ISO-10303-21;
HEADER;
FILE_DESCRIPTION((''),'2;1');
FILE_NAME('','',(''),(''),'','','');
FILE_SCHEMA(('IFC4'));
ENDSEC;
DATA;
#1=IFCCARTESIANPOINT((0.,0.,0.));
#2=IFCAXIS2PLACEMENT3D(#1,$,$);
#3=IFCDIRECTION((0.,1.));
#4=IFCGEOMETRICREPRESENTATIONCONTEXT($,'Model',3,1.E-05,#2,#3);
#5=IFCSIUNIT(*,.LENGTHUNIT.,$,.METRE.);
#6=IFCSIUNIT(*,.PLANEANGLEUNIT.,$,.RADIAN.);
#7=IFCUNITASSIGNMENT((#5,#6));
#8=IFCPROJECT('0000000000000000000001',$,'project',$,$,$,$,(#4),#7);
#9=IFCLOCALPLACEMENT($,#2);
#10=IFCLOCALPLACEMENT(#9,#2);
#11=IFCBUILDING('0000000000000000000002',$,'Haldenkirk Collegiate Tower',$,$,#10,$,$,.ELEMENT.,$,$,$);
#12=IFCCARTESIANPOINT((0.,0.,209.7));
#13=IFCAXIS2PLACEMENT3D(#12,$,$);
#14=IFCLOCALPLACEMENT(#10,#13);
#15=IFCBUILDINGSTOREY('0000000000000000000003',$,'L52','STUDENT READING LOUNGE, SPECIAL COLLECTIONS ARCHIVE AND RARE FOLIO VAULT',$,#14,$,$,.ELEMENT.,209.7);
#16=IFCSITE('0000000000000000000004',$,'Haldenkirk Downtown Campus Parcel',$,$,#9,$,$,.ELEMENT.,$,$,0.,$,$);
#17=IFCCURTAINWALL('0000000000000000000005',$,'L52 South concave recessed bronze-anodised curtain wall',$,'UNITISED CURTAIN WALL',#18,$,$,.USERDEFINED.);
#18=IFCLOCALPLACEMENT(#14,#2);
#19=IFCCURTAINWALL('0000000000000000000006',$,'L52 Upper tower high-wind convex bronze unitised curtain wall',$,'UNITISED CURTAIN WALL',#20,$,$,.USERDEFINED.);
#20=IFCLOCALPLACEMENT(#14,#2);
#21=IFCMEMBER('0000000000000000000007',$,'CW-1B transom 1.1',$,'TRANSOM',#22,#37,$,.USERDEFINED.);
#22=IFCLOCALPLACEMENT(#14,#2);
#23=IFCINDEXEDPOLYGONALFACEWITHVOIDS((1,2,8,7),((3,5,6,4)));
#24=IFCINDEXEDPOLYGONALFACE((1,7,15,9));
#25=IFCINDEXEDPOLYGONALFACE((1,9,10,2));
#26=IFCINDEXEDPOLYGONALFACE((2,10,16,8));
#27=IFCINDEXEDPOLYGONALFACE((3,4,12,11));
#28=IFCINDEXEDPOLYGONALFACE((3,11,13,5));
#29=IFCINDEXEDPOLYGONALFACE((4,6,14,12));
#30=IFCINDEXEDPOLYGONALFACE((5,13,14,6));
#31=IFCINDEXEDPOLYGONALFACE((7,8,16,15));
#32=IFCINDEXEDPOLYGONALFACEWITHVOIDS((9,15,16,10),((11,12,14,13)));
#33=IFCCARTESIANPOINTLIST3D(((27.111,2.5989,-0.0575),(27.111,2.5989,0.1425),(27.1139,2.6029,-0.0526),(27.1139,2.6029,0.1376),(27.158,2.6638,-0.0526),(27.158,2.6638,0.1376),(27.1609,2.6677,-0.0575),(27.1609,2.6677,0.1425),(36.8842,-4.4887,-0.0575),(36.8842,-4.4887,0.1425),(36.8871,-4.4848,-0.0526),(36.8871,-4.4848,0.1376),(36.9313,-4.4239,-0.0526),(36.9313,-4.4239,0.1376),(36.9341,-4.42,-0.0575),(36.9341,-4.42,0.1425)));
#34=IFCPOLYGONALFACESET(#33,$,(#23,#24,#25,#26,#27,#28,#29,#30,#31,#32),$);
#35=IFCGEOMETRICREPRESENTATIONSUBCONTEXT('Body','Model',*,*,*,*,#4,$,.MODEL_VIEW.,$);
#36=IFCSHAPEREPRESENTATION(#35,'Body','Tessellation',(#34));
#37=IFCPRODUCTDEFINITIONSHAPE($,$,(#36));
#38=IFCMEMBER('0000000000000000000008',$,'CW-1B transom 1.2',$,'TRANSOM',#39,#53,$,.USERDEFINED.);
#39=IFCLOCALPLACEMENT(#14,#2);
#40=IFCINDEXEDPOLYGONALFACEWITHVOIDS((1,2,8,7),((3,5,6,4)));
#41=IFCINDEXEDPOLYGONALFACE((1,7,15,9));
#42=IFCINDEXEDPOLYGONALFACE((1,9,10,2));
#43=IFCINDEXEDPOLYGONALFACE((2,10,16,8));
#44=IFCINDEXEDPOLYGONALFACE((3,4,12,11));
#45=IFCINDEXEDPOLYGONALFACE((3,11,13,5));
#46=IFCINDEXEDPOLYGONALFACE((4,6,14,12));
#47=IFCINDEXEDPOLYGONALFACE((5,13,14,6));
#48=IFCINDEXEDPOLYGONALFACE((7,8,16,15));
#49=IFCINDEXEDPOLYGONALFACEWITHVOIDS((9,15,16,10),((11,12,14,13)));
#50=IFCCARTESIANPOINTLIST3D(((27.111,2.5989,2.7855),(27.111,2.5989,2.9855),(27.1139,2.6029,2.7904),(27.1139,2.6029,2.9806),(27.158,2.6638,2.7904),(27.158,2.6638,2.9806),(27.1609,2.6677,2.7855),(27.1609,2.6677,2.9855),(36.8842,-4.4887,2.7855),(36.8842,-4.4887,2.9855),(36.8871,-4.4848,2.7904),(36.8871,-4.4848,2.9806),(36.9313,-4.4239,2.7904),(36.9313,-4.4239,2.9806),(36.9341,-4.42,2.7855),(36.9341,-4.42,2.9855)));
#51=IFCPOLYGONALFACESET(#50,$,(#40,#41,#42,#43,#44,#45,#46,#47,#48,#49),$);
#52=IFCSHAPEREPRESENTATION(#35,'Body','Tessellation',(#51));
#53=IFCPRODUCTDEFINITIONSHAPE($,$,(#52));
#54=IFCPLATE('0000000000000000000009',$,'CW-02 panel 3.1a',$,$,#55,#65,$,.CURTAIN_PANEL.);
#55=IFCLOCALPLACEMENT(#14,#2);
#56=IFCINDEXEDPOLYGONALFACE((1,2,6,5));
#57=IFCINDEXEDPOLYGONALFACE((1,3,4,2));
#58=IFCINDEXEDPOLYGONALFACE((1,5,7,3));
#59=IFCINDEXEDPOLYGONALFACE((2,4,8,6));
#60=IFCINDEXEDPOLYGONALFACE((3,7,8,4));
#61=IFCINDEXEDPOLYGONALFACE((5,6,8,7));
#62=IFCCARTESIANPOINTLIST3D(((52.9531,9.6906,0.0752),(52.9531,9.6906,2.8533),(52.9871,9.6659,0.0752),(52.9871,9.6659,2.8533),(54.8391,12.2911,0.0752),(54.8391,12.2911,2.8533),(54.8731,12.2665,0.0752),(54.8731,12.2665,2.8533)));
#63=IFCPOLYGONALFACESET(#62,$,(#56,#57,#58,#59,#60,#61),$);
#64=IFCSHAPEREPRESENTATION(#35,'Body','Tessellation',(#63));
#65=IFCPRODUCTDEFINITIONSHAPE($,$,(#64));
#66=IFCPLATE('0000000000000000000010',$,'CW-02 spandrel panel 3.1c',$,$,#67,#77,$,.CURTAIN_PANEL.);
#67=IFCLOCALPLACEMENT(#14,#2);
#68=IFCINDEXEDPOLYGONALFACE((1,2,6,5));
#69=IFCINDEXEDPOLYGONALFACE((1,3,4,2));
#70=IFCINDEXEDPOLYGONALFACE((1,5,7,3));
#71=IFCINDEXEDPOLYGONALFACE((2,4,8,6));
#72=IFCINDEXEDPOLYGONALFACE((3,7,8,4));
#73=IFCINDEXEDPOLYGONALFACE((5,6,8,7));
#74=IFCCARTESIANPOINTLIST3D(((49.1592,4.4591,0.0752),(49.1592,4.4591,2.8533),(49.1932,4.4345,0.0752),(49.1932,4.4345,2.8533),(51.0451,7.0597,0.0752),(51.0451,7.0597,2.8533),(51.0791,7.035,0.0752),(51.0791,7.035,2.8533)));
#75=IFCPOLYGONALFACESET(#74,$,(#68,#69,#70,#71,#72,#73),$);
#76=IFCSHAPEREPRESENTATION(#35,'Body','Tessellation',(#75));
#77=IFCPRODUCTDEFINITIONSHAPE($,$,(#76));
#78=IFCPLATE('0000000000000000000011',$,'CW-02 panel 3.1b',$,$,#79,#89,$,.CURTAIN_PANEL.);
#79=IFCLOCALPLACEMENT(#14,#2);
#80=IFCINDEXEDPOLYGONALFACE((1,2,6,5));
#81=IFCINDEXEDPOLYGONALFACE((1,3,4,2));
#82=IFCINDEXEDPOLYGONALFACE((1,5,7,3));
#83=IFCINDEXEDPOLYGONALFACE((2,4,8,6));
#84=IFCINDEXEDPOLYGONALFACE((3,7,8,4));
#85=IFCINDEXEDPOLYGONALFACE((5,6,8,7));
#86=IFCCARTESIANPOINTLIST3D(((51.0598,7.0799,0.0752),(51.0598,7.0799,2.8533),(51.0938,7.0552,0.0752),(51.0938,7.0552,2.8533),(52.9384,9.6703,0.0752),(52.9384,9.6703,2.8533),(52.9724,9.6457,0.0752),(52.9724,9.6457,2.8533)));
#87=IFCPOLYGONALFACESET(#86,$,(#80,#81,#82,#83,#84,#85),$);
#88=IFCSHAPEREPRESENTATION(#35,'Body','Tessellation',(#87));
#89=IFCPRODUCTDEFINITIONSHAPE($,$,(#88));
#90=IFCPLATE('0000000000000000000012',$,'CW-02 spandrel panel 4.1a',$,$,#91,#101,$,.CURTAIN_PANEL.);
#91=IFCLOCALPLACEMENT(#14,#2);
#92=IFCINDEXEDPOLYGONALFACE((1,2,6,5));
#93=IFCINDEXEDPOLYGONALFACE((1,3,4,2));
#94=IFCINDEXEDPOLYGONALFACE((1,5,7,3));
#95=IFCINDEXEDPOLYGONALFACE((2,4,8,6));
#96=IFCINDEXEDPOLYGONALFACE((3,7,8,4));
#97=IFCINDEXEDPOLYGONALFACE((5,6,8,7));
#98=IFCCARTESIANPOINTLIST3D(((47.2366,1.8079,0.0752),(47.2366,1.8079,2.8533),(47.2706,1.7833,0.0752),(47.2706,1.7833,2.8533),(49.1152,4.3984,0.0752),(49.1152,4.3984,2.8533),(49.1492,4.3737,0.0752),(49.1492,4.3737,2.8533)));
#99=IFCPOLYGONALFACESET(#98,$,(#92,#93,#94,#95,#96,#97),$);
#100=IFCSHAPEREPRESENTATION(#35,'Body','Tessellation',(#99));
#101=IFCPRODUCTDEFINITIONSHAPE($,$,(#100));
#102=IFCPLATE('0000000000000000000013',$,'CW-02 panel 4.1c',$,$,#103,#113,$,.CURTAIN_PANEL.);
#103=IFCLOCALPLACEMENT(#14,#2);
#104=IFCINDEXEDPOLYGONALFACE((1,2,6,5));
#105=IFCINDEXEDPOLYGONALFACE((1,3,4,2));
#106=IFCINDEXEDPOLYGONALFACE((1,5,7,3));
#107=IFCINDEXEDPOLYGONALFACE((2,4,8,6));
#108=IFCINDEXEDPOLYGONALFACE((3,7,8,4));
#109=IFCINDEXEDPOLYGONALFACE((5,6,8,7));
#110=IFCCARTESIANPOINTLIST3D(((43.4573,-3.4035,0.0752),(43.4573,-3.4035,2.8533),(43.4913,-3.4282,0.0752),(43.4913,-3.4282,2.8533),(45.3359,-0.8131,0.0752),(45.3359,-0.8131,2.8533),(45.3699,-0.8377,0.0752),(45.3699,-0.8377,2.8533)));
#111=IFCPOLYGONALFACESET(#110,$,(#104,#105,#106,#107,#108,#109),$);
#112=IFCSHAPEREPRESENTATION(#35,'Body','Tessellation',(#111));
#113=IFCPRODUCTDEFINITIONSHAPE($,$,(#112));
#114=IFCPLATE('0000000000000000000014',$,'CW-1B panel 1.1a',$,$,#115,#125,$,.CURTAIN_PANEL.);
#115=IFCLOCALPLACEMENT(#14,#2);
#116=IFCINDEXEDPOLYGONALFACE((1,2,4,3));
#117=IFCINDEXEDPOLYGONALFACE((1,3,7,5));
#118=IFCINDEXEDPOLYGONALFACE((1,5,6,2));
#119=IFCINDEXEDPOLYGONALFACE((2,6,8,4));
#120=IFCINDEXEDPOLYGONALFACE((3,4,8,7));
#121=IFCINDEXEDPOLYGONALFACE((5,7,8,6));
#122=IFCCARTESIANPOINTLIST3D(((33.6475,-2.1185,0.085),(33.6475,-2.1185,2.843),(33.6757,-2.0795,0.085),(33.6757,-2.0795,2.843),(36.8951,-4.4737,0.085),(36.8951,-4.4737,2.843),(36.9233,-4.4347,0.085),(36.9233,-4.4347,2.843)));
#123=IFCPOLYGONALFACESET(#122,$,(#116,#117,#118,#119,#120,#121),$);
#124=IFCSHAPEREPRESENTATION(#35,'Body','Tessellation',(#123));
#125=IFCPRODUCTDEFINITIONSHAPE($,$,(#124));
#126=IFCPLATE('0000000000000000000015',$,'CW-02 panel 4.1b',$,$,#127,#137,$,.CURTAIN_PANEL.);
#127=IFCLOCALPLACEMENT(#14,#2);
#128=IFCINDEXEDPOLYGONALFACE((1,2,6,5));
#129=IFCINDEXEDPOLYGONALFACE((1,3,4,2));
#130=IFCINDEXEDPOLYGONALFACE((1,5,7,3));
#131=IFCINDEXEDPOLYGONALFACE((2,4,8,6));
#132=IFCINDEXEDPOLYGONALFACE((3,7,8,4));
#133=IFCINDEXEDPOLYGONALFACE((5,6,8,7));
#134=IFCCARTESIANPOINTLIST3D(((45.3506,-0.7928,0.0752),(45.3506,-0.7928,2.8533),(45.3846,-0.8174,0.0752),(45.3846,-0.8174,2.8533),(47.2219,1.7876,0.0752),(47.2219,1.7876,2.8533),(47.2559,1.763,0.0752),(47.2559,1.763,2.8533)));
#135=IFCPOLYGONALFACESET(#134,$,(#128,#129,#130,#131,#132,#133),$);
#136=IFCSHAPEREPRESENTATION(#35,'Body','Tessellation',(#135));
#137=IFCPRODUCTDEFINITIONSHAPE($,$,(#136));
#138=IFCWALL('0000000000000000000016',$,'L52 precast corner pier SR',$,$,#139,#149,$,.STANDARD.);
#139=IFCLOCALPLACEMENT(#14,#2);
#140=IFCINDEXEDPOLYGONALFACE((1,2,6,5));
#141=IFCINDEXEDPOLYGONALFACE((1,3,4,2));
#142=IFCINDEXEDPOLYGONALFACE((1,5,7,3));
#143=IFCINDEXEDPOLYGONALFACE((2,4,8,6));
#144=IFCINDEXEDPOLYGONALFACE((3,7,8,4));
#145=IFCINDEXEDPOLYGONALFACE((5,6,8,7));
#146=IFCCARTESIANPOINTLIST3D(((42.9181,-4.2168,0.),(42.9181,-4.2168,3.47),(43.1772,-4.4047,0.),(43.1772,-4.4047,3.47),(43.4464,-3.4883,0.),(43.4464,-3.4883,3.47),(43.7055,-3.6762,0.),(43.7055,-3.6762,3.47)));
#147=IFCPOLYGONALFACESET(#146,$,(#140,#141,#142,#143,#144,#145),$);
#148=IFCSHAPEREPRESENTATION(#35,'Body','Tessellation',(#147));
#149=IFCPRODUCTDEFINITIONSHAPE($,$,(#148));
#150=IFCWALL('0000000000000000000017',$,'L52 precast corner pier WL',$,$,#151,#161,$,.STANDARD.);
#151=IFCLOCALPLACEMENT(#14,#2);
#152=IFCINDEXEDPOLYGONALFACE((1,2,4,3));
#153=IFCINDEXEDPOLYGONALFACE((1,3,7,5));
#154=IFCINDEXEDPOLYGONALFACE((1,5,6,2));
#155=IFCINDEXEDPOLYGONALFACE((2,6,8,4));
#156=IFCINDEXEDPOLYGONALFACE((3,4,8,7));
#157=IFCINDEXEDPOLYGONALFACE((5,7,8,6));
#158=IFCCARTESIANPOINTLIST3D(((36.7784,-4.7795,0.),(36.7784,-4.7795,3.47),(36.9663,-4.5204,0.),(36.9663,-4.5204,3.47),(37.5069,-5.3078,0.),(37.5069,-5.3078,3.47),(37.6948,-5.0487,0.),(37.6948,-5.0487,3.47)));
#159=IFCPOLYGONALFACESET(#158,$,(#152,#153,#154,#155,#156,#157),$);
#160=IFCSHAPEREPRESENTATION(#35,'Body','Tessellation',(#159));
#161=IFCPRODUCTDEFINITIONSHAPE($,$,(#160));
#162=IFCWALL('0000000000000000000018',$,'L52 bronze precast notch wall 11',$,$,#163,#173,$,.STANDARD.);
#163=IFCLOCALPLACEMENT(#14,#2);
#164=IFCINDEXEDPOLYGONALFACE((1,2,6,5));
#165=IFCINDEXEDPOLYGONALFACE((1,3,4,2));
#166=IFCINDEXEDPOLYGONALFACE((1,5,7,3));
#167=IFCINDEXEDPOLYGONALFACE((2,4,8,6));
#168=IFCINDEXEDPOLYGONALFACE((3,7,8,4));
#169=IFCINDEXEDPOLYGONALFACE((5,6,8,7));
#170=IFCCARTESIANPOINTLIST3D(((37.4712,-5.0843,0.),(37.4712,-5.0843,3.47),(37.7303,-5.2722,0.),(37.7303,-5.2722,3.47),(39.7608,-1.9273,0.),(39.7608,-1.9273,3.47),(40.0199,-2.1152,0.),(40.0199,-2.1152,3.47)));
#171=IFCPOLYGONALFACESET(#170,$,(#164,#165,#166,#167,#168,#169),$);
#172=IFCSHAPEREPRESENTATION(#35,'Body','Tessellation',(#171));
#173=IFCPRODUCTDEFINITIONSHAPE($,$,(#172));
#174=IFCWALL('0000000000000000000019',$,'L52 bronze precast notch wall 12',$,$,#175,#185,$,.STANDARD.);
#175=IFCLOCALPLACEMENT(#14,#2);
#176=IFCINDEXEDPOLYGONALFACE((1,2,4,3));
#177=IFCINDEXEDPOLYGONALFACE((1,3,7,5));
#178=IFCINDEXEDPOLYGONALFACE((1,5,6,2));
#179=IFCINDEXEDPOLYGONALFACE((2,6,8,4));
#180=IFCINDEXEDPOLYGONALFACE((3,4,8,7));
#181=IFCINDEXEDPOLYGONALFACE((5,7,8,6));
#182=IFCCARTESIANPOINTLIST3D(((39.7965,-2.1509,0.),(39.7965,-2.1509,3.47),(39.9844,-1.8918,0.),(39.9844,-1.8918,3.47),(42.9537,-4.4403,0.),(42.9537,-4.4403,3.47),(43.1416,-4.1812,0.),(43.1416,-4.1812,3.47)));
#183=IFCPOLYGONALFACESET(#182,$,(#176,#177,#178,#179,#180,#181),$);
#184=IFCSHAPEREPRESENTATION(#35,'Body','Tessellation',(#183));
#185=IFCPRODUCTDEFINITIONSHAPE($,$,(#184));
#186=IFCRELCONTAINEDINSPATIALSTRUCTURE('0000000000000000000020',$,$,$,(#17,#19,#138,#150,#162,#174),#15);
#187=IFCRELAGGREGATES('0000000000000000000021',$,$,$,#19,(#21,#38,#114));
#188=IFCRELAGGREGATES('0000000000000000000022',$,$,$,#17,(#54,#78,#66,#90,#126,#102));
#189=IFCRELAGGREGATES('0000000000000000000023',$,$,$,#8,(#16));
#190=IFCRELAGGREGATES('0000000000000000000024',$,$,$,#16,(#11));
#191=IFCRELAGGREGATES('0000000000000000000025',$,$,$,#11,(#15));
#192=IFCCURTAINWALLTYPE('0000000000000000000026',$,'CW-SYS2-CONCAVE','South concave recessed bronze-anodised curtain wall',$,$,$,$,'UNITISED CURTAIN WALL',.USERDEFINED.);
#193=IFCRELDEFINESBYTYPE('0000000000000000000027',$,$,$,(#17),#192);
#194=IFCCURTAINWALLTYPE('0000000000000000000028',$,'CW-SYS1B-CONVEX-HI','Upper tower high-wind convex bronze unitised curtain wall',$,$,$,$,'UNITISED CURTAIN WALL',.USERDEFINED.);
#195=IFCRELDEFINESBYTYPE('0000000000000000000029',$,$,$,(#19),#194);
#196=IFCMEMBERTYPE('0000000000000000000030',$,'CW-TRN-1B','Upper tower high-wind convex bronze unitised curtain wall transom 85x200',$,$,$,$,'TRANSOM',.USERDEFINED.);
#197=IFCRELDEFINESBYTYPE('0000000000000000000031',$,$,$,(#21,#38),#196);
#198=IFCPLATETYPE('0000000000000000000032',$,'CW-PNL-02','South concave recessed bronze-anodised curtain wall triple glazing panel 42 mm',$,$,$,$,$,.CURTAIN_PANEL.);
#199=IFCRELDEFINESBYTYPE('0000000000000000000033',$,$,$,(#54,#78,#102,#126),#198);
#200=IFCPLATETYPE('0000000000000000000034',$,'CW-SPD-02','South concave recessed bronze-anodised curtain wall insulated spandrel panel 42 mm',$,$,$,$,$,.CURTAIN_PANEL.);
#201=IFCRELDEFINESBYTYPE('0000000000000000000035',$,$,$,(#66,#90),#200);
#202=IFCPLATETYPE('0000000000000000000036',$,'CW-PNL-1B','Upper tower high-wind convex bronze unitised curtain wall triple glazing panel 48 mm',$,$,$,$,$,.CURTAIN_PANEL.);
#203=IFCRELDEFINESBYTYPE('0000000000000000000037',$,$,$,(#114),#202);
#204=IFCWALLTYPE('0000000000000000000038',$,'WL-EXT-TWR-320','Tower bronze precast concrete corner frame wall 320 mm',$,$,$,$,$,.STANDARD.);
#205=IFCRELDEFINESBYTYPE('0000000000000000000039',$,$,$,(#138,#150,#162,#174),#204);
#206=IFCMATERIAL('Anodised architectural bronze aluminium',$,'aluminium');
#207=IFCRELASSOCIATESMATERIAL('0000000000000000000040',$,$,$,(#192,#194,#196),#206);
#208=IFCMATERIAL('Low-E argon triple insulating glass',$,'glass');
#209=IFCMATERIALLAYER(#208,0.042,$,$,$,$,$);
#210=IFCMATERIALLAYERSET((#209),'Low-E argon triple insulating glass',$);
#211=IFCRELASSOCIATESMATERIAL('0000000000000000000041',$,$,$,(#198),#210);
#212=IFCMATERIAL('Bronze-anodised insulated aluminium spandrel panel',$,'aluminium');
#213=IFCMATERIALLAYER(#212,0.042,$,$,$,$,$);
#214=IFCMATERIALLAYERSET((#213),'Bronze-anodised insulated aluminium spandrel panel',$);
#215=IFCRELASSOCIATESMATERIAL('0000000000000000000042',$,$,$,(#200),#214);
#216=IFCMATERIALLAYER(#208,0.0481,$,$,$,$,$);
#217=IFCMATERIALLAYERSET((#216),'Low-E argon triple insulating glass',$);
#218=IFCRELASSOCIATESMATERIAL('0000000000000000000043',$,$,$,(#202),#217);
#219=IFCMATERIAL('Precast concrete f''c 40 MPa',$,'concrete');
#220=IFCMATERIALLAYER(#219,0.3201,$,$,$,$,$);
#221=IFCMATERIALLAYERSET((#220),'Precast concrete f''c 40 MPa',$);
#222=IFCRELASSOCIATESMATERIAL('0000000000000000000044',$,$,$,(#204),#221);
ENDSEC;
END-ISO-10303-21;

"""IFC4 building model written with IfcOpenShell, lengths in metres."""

from ifc_helpers import new_model, si_unit, direction, frame, frame_2d, origin, origin_2d, place, context, subcontext, project, spatial, rectangle, hollow_rectangle, extrude, source, transform, mapped, material, layer, layer_set, material_profile, profile_set, type_object, element, aggregate, save


model = new_model("IFC4")

# Units and contexts
model_context = context("Model", 3, precision=1e-05, world=origin(), true_north=direction((0.0, 1.0)))
body_context = subcontext(model_context, "Body", "Model", "MODEL_VIEW")
ifc_project = project(units=[si_unit("LENGTHUNIT", "METRE"), si_unit("PLANEANGLEUNIT", "RADIAN")], contexts=[model_context])

# Site, building, storey
site_placement = place(None, origin())
site = spatial("IfcSite", under=ifc_project, at=site_placement, Name="Haldenkirk Downtown Campus Parcel", CompositionType="ELEMENT", RefElevation=0.0)
building_placement = place(site_placement, origin())
building = spatial("IfcBuilding", under=site, at=building_placement, Name="Haldenkirk Collegiate Tower", CompositionType="ELEMENT")
storey_placement = place(building_placement, frame((0.0, 0.0, 209.7)))
storey = spatial("IfcBuildingStorey", under=building, at=storey_placement, Name="L52", Description="STUDENT READING LOUNGE, SPECIAL COLLECTIONS ARCHIVE AND RARE FOLIO VAULT", CompositionType="ELEMENT", Elevation=209.7)

# Curtain wall
ifc_material_1 = material(Name="Anodised architectural bronze aluminium", Category="aluminium")
curtain_wall_type_1 = type_object("IfcCurtainWallType", Name="CW-SYS2-CONCAVE", Description="South concave recessed bronze-anodised curtain wall", ElementType="UNITISED CURTAIN WALL", PredefinedType="USERDEFINED", material=ifc_material_1)
curtain_wall_1_placement = place(storey_placement, origin())
curtain_wall_1 = element("IfcCurtainWall", 1, at=curtain_wall_1_placement, inside=storey, type_object=curtain_wall_type_1, Name="L52 South concave recessed bronze-anodised curtain wall", ObjectType="UNITISED CURTAIN WALL", PredefinedType="USERDEFINED")

# Curtain wall
curtain_wall_type_2 = type_object("IfcCurtainWallType", Name="CW-SYS1B-CONVEX-HI", Description="Upper tower high-wind convex bronze unitised curtain wall", ElementType="UNITISED CURTAIN WALL", PredefinedType="USERDEFINED", material=ifc_material_1)
curtain_wall_2_placement = place(storey_placement, origin())
curtain_wall_2 = element("IfcCurtainWall", 2, at=curtain_wall_2_placement, inside=storey, type_object=curtain_wall_type_2, Name="L52 Upper tower high-wind convex bronze unitised curtain wall", ObjectType="UNITISED CURTAIN WALL", PredefinedType="USERDEFINED")

# Members
ifc_material_profile_1 = material_profile(ifc_material_1, hollow_rectangle(XDim=0.085, YDim=0.2, WallThickness=0.0049, at=origin_2d()), Name="CW-TRN-1B")
ifc_profile_set_1 = profile_set([ifc_material_profile_1], Name="Anodised architectural bronze aluminium")
member_type_1 = type_object("IfcMemberType", Name="CW-TRN-1B", Description="Upper tower high-wind convex bronze unitised curtain wall transom 85x200", ElementType="TRANSOM", PredefinedType="USERDEFINED", material=ifc_profile_set_1)
member_1_placement = place(storey_placement, frame((36.9092, -4.4543, 0.0425), z_axis=(-0.809529, 0.587081, 0.0), x_axis=(-0.587081, -0.809529, 0.0)))
member_1 = element("IfcMember", 3, at=member_1_placement, type_object=member_type_1, Name="CW-1B transom 1.1", ObjectType="TRANSOM", PredefinedType="USERDEFINED", context=body_context, shape_type="SweptSolid", body=[
    extrude(hollow_rectangle(XDim=0.085, YDim=0.2, WallThickness=0.0049, at=origin_2d()), origin(), (0.0, 0.0, 1.0), 12.0728),
])
member_2_placement = place(storey_placement, frame((36.9092, -4.4543, 2.8855), z_axis=(-0.809529, 0.587081, 0.0), x_axis=(-0.587081, -0.809529, 0.0)))
member_2 = element("IfcMember", 4, at=member_2_placement, type_object=member_type_1, Name="CW-1B transom 1.2", ObjectType="TRANSOM", PredefinedType="USERDEFINED", context=body_context, shape_type="SweptSolid", body=[
    extrude(hollow_rectangle(XDim=0.085, YDim=0.2, WallThickness=0.0049, at=origin_2d()), origin(), (0.0, 0.0, 1.0), 12.0728),
])

# Plates
ifc_material_2 = material(Name="Low-E argon triple insulating glass", Category="glass")
ifc_layer_1 = layer(ifc_material_2, 0.042)
ifc_layer_set_1 = layer_set([ifc_layer_1], Name="Low-E argon triple insulating glass")
plate_type_1 = type_object("IfcPlateType", Name="CW-PNL-02", Description="South concave recessed bronze-anodised curtain wall triple glazing panel 42 mm", PredefinedType="CURTAIN_PANEL", material=ifc_layer_set_1)
shared_shape_1 = source(origin(), body_context, "Body", "SweptSolid", [
    extrude(rectangle(XDim=3.2124, YDim=0.042, at=origin_2d()), origin(), (0.0, 0.0, 1.0), 2.7781),
])
plate_1_placement = place(storey_placement, frame((53.9131, 10.9785, 0.0752), z_axis=(0.0, 0.0, 1.0), x_axis=(-0.58708, -0.809529, 0.0)))
plate_1 = element("IfcPlate", 5, at=plate_1_placement, type_object=plate_type_1, Name="CW-02 panel 3.1a", PredefinedType="CURTAIN_PANEL", context=body_context, shape_type="MappedRepresentation", body=[
    mapped(shared_shape_1, transform((0.0, 0.0, 0.0), x_axis=(1.0, 0.0, 0.0), y_axis=(0.0, 1.0, 0.0), z_axis=(0.0, 0.0, 1.0), scale=1.0)),
])
ifc_material_3 = material(Name="Bronze-anodised insulated aluminium spandrel panel", Category="aluminium")
ifc_layer_2 = layer(ifc_material_3, 0.042)
ifc_layer_set_2 = layer_set([ifc_layer_2], Name="Bronze-anodised insulated aluminium spandrel panel")
plate_type_2 = type_object("IfcPlateType", Name="CW-SPD-02", Description="South concave recessed bronze-anodised curtain wall insulated spandrel panel 42 mm", PredefinedType="CURTAIN_PANEL", material=ifc_layer_set_2)
plate_2_placement = place(storey_placement, frame((50.1191, 5.7471, 0.0752), z_axis=(0.0, 0.0, 1.0), x_axis=(-0.58708, -0.809529, 0.0)))
plate_2 = element("IfcPlate", 6, at=plate_2_placement, type_object=plate_type_2, Name="CW-02 spandrel panel 3.1c", PredefinedType="CURTAIN_PANEL", context=body_context, shape_type="MappedRepresentation", body=[
    mapped(shared_shape_1, transform((0.0, 0.0, 0.0), x_axis=(1.0, 0.0, 0.0), y_axis=(0.0, 1.0, 0.0), z_axis=(0.0, 0.0, 1.0), scale=1.0)),
])
shared_shape_2 = source(origin(), body_context, "Body", "SweptSolid", [
    extrude(rectangle(XDim=3.2, YDim=0.042, at=origin_2d()), origin(), (0.0, 0.0, 1.0), 2.7781),
])
plate_3_placement = place(storey_placement, frame((52.0161, 8.3628, 0.0752), z_axis=(0.0, 0.0, 1.0), x_axis=(-0.58708, -0.809529, 0.0)))
plate_3 = element("IfcPlate", 7, at=plate_3_placement, type_object=plate_type_1, Name="CW-02 panel 3.1b", PredefinedType="CURTAIN_PANEL", context=body_context, shape_type="MappedRepresentation", body=[
    mapped(shared_shape_2, transform((0.0, 0.0, 0.0), x_axis=(1.0, 0.0, 0.0), y_axis=(0.0, 1.0, 0.0), z_axis=(0.0, 0.0, 1.0), scale=1.0)),
])
plate_4_placement = place(storey_placement, frame((48.1929, 3.0908, 0.0752), z_axis=(0.0, 0.0, 1.0), x_axis=(-0.58708, -0.809529, 0.0)))
plate_4 = element("IfcPlate", 8, at=plate_4_placement, type_object=plate_type_2, Name="CW-02 spandrel panel 4.1a", PredefinedType="CURTAIN_PANEL", context=body_context, shape_type="MappedRepresentation", body=[
    mapped(shared_shape_2, transform((0.0, 0.0, 0.0), x_axis=(1.0, 0.0, 0.0), y_axis=(0.0, 1.0, 0.0), z_axis=(0.0, 0.0, 1.0), scale=1.0)),
])
plate_5_placement = place(storey_placement, frame((44.4136, -2.1206, 0.0752), z_axis=(0.0, 0.0, 1.0), x_axis=(-0.58708, -0.809529, 0.0)))
plate_5 = element("IfcPlate", 9, at=plate_5_placement, type_object=plate_type_1, Name="CW-02 panel 4.1c", PredefinedType="CURTAIN_PANEL", context=body_context, shape_type="MappedRepresentation", body=[
    mapped(shared_shape_2, transform((0.0, 0.0, 0.0), x_axis=(1.0, 0.0, 0.0), y_axis=(0.0, 1.0, 0.0), z_axis=(0.0, 0.0, 1.0), scale=1.0)),
])
ifc_layer_3 = layer(ifc_material_2, 0.0481)
ifc_layer_set_3 = layer_set([ifc_layer_3], Name="Low-E argon triple insulating glass")
plate_type_3 = type_object("IfcPlateType", Name="CW-PNL-1B", Description="Upper tower high-wind convex bronze unitised curtain wall triple glazing panel 48 mm", PredefinedType="CURTAIN_PANEL", material=ifc_layer_set_3)
shared_shape_3 = source(origin(), body_context, "Body", "SweptSolid", [
    extrude(rectangle(XDim=4.0117, YDim=0.0481, at=origin_2d()), origin(), (0.0, 0.0, 1.0), 2.7581),
])
plate_6_placement = place(storey_placement, frame((35.2854, -3.2766, 0.085), z_axis=(0.0, 0.0, 1.0), x_axis=(-0.809531, 0.587077, 0.0)))
plate_6 = element("IfcPlate", 10, at=plate_6_placement, type_object=plate_type_3, Name="CW-1B panel 1.1a", PredefinedType="CURTAIN_PANEL", context=body_context, shape_type="MappedRepresentation", body=[
    mapped(shared_shape_3, transform((0.0, 0.0, 0.0), x_axis=(1.0, 0.0, 0.0), y_axis=(0.0, 1.0, 0.0), z_axis=(0.0, 0.0, 1.0), scale=1.0)),
])
aggregate(curtain_wall_2, [member_1, member_2, plate_6])
shared_shape_4 = source(origin(), body_context, "Body", "SweptSolid", [
    extrude(rectangle(XDim=3.1875, YDim=0.042, at=origin_2d()), origin(), (0.0, 0.0, 1.0), 2.7781),
])
plate_7_placement = place(storey_placement, frame((46.3032, 0.4851, 0.0752), z_axis=(0.0, 0.0, 1.0), x_axis=(-0.58708, -0.809529, 0.0)))
plate_7 = element("IfcPlate", 11, at=plate_7_placement, type_object=plate_type_1, Name="CW-02 panel 4.1b", PredefinedType="CURTAIN_PANEL", context=body_context, shape_type="MappedRepresentation", body=[
    mapped(shared_shape_4, transform((0.0, 0.0, 0.0), x_axis=(1.0, 0.0, 0.0), y_axis=(0.0, 1.0, 0.0), z_axis=(0.0, 0.0, 1.0), scale=1.0)),
])
aggregate(curtain_wall_1, [plate_1, plate_3, plate_2, plate_4, plate_7, plate_5])

# Walls
ifc_material_4 = material(Name="Precast concrete f'c 40 MPa", Category="concrete")
ifc_layer_4 = layer(ifc_material_4, 0.3201)
ifc_layer_set_4 = layer_set([ifc_layer_4], Name="Precast concrete f'c 40 MPa")
wall_type_1 = type_object("IfcWallType", Name="WL-EXT-TWR-320", Description="Tower bronze precast concrete corner frame wall 320 mm", PredefinedType="STANDARD", material=ifc_layer_set_4)
for number, where, z_axis, x_axis, name in (
    (12, (43.5759, -3.5823, 0.0), (0.0, 0.0, 1.0), (-0.587074, -0.809533, 0.0), "L52 precast corner pier SR"),
    (13, (37.6008, -5.1782, 0.0), (0.0, 0.0, 1.0), (-0.809533, 0.587074, 0.0), "L52 precast corner pier WL"),
):
    element("IfcWall", number, at=place(storey_placement, frame(where, z_axis=z_axis, x_axis=x_axis)), inside=storey, type_object=wall_type_1, Name=name, PredefinedType="STANDARD", context=body_context, shape_type="SweptSolid", body=[
        extrude(rectangle(XDim=0.8999, YDim=0.3201, at=frame_2d((0.45, 0.0))), origin(), (0.0, 0.0, 1.0), 3.47),
    ])
for number, where, z_axis, x_axis, name in (
    (14, (39.8904, -2.0212, 0.0), (0.0, 0.0, 1.0), (-0.587092, -0.80952, 0.0), "L52 bronze precast notch wall 11"),
    (15, (43.0476, -4.3108, 0.0), (0.0, 0.0, 1.0), (-0.809542, 0.587062, 0.0), "L52 bronze precast notch wall 12"),
):
    element("IfcWall", number, at=place(storey_placement, frame(where, z_axis=z_axis, x_axis=x_axis)), inside=storey, type_object=wall_type_1, Name=name, PredefinedType="STANDARD", context=body_context, shape_type="SweptSolid", body=[
        extrude(rectangle(XDim=3.8999, YDim=0.3201, at=frame_2d((1.95, 0.0))), origin(), (0.0, 0.0, 1.0), 3.47),
    ])

save(model, "model.ifc")
